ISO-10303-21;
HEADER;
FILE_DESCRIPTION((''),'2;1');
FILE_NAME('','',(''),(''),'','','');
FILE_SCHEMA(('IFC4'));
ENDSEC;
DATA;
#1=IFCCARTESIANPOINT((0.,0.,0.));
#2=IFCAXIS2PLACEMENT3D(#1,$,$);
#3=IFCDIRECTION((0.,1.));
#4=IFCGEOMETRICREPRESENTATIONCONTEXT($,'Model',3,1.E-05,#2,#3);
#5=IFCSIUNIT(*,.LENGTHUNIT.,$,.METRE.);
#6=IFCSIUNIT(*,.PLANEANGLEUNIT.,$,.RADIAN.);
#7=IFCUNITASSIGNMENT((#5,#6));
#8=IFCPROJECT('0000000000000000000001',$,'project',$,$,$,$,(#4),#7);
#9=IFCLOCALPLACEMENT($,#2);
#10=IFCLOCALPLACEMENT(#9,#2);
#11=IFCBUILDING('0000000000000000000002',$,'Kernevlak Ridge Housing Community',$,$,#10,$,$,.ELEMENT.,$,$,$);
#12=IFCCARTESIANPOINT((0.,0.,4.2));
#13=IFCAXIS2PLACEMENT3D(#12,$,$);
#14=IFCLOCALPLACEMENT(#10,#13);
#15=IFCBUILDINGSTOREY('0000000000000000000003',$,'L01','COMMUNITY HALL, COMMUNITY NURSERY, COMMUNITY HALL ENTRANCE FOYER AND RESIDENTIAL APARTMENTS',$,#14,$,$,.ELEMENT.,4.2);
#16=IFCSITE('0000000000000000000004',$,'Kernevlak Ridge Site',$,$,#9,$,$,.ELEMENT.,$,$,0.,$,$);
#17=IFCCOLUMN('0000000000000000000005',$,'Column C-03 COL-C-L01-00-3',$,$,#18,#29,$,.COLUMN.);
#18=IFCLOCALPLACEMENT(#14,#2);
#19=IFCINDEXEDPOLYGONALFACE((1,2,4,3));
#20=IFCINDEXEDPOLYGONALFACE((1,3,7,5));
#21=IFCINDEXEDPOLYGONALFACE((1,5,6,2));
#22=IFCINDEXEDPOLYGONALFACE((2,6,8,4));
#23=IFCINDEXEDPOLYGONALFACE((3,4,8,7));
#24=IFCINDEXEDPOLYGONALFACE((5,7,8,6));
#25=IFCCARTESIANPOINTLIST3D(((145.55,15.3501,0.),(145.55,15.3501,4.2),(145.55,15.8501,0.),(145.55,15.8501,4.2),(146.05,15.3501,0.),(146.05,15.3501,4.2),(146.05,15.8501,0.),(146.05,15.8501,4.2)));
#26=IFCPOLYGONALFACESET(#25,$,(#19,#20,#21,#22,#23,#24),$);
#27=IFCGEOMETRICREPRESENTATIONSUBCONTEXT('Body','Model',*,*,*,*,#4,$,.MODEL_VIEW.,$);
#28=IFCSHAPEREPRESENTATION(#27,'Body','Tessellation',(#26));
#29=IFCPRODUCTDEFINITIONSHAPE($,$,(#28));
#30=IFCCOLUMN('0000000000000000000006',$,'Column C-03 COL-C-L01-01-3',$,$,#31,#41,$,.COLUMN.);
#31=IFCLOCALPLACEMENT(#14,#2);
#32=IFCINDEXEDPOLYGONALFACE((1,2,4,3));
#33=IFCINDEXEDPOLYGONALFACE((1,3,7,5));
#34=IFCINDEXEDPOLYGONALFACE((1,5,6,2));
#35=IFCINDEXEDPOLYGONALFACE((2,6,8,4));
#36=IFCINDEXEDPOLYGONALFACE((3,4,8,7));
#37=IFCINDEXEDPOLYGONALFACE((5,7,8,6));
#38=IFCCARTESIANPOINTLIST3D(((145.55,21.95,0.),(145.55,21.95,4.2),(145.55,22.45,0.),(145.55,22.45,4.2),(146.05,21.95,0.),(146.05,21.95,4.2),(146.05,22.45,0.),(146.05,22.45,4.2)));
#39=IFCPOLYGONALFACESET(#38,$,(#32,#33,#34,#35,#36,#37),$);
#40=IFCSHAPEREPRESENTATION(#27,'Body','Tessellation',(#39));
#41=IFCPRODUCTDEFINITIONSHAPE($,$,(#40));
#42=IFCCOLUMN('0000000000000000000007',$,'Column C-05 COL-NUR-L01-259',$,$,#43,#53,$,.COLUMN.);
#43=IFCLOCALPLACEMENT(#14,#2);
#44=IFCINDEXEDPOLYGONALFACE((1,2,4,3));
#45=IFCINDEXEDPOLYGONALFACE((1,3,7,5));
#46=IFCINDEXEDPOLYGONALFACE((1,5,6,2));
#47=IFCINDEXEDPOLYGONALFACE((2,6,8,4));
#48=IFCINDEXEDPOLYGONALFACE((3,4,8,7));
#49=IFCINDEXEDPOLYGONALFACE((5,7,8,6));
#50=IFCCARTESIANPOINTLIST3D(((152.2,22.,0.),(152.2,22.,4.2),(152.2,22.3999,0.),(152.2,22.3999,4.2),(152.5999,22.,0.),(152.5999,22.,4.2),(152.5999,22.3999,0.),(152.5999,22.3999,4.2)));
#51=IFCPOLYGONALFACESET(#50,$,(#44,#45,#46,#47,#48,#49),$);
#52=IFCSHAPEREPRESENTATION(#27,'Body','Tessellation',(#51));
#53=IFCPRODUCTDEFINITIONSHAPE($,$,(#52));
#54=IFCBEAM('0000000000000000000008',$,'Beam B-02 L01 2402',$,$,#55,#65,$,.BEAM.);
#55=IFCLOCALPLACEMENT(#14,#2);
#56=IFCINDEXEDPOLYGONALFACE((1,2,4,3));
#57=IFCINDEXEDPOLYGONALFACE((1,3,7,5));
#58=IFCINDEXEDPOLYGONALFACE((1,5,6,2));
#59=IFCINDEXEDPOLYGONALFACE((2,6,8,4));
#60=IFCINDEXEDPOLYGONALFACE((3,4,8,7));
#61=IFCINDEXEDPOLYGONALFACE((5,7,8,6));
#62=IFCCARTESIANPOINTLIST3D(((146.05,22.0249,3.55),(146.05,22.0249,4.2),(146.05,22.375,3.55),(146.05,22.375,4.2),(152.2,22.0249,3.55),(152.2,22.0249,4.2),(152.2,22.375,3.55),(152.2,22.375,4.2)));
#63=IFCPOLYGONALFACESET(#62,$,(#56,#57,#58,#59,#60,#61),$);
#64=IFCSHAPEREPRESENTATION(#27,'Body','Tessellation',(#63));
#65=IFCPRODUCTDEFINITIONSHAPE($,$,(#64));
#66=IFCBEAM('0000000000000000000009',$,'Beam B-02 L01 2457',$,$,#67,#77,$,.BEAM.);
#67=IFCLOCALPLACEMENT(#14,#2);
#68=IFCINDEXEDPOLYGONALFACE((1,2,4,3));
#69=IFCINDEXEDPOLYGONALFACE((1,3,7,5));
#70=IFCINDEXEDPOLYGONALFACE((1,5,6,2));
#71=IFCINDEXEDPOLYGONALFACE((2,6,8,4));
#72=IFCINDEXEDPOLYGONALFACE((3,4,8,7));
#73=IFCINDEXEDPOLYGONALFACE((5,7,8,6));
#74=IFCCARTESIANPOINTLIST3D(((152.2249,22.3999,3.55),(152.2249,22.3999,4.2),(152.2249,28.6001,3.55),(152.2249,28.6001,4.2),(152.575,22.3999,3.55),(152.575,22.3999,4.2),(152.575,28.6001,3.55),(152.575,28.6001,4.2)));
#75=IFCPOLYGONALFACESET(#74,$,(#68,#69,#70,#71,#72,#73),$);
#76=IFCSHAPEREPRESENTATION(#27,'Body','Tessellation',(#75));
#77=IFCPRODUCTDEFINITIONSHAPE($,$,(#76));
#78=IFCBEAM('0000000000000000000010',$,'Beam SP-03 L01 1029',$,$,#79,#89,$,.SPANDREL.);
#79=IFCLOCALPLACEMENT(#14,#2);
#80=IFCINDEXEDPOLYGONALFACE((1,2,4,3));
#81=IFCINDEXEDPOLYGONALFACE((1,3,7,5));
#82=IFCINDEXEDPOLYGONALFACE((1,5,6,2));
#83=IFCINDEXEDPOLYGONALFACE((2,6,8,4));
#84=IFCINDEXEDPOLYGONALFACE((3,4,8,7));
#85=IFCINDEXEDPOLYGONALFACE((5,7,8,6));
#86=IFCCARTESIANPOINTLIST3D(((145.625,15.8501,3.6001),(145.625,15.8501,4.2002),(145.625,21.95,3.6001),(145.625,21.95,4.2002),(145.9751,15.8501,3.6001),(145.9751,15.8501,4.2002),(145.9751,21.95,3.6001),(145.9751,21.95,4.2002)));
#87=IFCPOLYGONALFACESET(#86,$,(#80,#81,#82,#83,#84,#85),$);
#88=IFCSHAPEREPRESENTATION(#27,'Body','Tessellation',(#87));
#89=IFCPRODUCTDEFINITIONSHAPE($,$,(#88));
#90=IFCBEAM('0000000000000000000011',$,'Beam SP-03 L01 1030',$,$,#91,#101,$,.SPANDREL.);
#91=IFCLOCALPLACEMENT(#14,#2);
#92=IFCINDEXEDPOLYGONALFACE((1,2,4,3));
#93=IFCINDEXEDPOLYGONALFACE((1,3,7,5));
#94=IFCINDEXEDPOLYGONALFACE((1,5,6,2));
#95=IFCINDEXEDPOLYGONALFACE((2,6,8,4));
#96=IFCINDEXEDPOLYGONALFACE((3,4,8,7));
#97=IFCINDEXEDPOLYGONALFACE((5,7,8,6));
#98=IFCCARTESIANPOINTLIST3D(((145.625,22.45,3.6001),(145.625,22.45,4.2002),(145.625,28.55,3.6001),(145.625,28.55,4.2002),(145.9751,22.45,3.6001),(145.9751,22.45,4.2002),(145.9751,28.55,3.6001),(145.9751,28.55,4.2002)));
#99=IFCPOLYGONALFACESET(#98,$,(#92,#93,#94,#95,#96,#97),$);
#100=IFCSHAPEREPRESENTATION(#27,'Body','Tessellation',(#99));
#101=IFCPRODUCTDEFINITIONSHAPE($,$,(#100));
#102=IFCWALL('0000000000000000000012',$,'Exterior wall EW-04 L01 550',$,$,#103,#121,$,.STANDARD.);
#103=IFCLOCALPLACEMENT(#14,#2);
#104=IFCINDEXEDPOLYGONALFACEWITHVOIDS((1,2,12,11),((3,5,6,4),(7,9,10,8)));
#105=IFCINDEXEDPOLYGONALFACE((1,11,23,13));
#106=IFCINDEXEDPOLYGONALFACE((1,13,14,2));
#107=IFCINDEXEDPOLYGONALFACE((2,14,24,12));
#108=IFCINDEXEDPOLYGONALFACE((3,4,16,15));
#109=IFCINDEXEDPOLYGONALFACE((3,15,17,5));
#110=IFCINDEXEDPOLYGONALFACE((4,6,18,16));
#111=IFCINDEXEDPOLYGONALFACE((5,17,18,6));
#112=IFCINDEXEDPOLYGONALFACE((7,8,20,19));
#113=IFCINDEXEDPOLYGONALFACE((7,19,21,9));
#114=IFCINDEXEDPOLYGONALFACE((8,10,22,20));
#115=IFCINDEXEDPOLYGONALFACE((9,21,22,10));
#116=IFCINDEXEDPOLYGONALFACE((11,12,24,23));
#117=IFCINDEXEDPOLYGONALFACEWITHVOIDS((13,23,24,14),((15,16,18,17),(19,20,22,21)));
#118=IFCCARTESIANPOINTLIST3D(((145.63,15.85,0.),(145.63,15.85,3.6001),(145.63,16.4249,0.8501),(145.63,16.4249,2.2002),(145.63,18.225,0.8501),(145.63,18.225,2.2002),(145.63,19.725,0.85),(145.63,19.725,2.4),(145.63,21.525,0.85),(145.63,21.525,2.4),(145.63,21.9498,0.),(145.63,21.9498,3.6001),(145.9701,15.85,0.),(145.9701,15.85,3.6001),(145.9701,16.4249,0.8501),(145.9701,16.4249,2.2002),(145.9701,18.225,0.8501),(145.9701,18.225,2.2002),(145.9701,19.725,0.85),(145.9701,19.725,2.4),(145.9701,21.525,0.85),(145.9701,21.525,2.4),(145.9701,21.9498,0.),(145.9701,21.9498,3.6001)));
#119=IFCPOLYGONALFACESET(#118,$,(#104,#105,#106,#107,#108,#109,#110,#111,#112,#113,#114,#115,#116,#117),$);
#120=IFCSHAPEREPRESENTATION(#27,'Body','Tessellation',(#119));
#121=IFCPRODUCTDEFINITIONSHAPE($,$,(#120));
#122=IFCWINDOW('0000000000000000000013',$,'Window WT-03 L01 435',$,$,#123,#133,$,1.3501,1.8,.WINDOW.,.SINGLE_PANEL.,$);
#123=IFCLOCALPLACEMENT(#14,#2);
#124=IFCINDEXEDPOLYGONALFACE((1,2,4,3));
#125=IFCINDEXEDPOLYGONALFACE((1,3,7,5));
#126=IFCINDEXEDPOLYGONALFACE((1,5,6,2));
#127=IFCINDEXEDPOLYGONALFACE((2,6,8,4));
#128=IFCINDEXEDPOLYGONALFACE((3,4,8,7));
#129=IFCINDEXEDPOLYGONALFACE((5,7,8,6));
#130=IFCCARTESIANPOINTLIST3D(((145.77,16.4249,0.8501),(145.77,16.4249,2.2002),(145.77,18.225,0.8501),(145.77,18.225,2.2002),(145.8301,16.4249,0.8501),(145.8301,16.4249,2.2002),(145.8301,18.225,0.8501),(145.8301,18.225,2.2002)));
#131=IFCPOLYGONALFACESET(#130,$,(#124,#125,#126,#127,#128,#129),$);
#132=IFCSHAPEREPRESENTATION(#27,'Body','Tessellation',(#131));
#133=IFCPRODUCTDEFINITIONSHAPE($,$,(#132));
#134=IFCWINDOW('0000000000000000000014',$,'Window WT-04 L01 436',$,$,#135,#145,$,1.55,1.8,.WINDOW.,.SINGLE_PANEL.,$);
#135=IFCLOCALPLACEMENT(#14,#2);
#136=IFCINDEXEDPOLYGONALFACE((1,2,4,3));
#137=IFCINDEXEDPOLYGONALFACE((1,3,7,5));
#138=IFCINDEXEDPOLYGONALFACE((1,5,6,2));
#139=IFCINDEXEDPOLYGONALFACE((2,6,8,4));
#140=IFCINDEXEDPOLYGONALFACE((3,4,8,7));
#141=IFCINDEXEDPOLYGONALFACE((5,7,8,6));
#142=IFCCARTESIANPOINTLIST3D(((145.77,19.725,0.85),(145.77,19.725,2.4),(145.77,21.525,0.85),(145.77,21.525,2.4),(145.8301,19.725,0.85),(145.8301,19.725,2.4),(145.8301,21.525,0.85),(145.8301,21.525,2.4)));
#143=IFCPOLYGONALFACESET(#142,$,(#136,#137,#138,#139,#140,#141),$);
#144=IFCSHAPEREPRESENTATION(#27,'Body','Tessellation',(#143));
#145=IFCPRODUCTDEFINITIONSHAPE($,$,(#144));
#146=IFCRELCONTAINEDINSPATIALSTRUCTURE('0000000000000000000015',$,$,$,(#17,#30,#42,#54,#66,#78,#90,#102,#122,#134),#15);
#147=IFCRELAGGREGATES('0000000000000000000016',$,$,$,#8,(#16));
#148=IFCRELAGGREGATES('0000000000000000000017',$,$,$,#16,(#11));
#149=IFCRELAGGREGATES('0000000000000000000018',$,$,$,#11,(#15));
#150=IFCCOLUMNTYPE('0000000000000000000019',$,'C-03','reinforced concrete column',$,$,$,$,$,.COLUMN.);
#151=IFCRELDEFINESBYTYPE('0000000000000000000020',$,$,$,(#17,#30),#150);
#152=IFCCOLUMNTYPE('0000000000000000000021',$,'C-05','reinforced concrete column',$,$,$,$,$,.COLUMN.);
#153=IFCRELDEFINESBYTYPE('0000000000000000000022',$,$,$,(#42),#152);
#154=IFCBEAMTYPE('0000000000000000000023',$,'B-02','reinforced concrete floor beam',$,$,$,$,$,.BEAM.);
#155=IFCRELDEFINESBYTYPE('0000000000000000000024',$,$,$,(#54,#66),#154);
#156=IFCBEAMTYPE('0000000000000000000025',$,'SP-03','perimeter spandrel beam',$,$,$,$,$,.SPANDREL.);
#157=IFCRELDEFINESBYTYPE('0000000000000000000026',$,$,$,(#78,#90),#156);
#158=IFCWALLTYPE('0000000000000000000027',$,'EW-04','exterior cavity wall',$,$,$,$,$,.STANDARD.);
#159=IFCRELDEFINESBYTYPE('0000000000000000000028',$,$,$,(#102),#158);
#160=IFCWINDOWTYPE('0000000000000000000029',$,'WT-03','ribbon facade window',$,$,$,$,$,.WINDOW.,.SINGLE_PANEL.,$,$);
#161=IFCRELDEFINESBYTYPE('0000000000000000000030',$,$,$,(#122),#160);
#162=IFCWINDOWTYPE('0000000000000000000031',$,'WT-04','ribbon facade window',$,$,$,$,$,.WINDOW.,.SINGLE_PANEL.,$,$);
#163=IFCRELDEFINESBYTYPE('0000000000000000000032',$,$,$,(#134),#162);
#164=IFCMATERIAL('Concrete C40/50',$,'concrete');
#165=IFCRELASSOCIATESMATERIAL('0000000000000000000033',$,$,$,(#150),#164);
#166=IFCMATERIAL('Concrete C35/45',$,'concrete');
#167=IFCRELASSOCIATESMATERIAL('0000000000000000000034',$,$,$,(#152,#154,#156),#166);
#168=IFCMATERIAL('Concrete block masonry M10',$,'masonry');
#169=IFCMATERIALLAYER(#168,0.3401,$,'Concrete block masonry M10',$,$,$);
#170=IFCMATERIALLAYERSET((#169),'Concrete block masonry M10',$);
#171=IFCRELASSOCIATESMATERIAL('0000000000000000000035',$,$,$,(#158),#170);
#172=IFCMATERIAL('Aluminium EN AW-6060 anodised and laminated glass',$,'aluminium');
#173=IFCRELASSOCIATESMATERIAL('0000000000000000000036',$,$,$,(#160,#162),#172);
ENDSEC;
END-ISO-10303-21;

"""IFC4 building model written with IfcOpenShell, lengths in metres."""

from ifc_helpers import new_model, si_unit, direction, frame, frame_2d, origin, origin_2d, place, context, subcontext, project, spatial, rectangle, extrude, material, layer, layer_set, material_profile, profile_set, type_object, element, fill, save


model = new_model("IFC4")

# Units and contexts
model_context = context("Model", 3, precision=1e-05, world=origin(), true_north=direction((0.0, 1.0)))
body_context = subcontext(model_context, "Body", "Model", "MODEL_VIEW")
ifc_project = project(units=[si_unit("LENGTHUNIT", "METRE"), si_unit("PLANEANGLEUNIT", "RADIAN")], contexts=[model_context])

# Site, building, storey
site_placement = place(None, origin())
site = spatial("IfcSite", under=ifc_project, at=site_placement, Name="Kernevlak Ridge Site", CompositionType="ELEMENT", RefElevation=0.0)
building_placement = place(site_placement, origin())
building = spatial("IfcBuilding", under=site, at=building_placement, Name="Kernevlak Ridge Housing Community", CompositionType="ELEMENT")
storey_placement = place(building_placement, frame((0.0, 0.0, 4.2)))
storey = spatial("IfcBuildingStorey", under=building, at=storey_placement, Name="L01", Description="COMMUNITY HALL, COMMUNITY NURSERY, COMMUNITY HALL ENTRANCE FOYER AND RESIDENTIAL APARTMENTS", CompositionType="ELEMENT", Elevation=4.2)

# Columns
ifc_material_1 = material(Name="Concrete C40/50", Category="concrete")
ifc_material_profile_1 = material_profile(ifc_material_1, rectangle(XDim=0.5, YDim=0.5, at=origin_2d()), Name="RC 500x500")
ifc_profile_set_1 = profile_set([ifc_material_profile_1], Name="Concrete C40/50")
column_type_1 = type_object("IfcColumnType", Name="C-03", Description="reinforced concrete column", PredefinedType="COLUMN", material=ifc_profile_set_1)
for number, where, z_axis, x_axis, name in (
    (1, (145.8, 15.6001, 0.0), (0.0, 0.0, 1.0), (1.0, 0.0, 0.0), "Column C-03 COL-C-L01-00-3"),
    (2, (145.8, 22.2, 0.0), (0.0, 0.0, 1.0), (1.0, 0.0, 0.0), "Column C-03 COL-C-L01-01-3"),
):
    element("IfcColumn", number, at=place(storey_placement, frame(where, z_axis=z_axis, x_axis=x_axis)), inside=storey, type_object=column_type_1, Name=name, PredefinedType="COLUMN", context=body_context, shape_type="SweptSolid", body=[
        extrude(rectangle(XDim=0.5, YDim=0.5, at=origin_2d()), origin(), (0.0, 0.0, 1.0), 4.2),
    ])
ifc_material_2 = material(Name="Concrete C35/45", Category="concrete")
ifc_material_profile_2 = material_profile(ifc_material_2, rectangle(XDim=0.3999, YDim=0.3999, at=origin_2d()), Name="RC 400x400")
ifc_profile_set_2 = profile_set([ifc_material_profile_2], Name="Concrete C35/45")
column_type_2 = type_object("IfcColumnType", Name="C-05", Description="reinforced concrete column", PredefinedType="COLUMN", material=ifc_profile_set_2)
column_placement = place(storey_placement, frame((152.3999, 22.2, 0.0), z_axis=(0.0, 0.0, 1.0), x_axis=(1.0, 0.0, 0.0)))
element("IfcColumn", 3, at=column_placement, inside=storey, type_object=column_type_2, Name="Column C-05 COL-NUR-L01-259", PredefinedType="COLUMN", context=body_context, shape_type="SweptSolid", body=[
    extrude(rectangle(XDim=0.3999, YDim=0.3999, at=origin_2d()), origin(), (0.0, 0.0, 1.0), 4.2),
])

# Beams
ifc_material_profile_3 = material_profile(ifc_material_2, rectangle(XDim=0.3501, YDim=0.6499, at=origin_2d()), Name="RC 350x650")
ifc_profile_set_3 = profile_set([ifc_material_profile_3], Name="Concrete C35/45")
beam_type_1 = type_object("IfcBeamType", Name="B-02", Description="reinforced concrete floor beam", PredefinedType="BEAM", material=ifc_profile_set_3)
beam_1_placement = place(storey_placement, frame((146.05, 22.2, 3.875), z_axis=(1.0, 0.0, 0.0), x_axis=(0.0, 1.0, 0.0)))
element("IfcBeam", 4, at=beam_1_placement, inside=storey, type_object=beam_type_1, Name="Beam B-02 L01 2402", PredefinedType="BEAM", context=body_context, shape_type="SweptSolid", body=[
    extrude(rectangle(XDim=0.3501, YDim=0.6499, at=origin_2d()), origin(), (0.0, 0.0, 1.0), 6.1499),
])
beam_2_placement = place(storey_placement, frame((152.3999, 22.3999, 3.875), z_axis=(0.0, 1.0, 0.0), x_axis=(-1.0, 0.0, 0.0)))
element("IfcBeam", 5, at=beam_2_placement, inside=storey, type_object=beam_type_1, Name="Beam B-02 L01 2457", PredefinedType="BEAM", context=body_context, shape_type="SweptSolid", body=[
    extrude(rectangle(XDim=0.3501, YDim=0.6499, at=origin_2d()), origin(), (0.0, 0.0, 1.0), 6.2002),
])
ifc_material_profile_4 = material_profile(ifc_material_2, rectangle(XDim=0.3501, YDim=0.6001, at=origin_2d()), Name="RC 350x600")
ifc_profile_set_4 = profile_set([ifc_material_profile_4], Name="Concrete C35/45")
beam_type_2 = type_object("IfcBeamType", Name="SP-03", Description="perimeter spandrel beam", PredefinedType="SPANDREL", material=ifc_profile_set_4)
beam_3_placement = place(storey_placement, frame((145.8, 15.8501, 3.9001), z_axis=(0.0, 1.0, 0.0), x_axis=(-1.0, 0.0, 0.0)))
element("IfcBeam", 6, at=beam_3_placement, inside=storey, type_object=beam_type_2, Name="Beam SP-03 L01 1029", PredefinedType="SPANDREL", context=body_context, shape_type="SweptSolid", body=[
    extrude(rectangle(XDim=0.3501, YDim=0.6001, at=origin_2d()), origin(), (0.0, 0.0, 1.0), 6.0999),
])
beam_4_placement = place(storey_placement, frame((145.8, 22.45, 3.9001), z_axis=(0.0, 1.0, 0.0), x_axis=(-1.0, 0.0, 0.0)))
element("IfcBeam", 7, at=beam_4_placement, inside=storey, type_object=beam_type_2, Name="Beam SP-03 L01 1030", PredefinedType="SPANDREL", context=body_context, shape_type="SweptSolid", body=[
    extrude(rectangle(XDim=0.3501, YDim=0.6001, at=origin_2d()), origin(), (0.0, 0.0, 1.0), 6.1001),
])

# Wall, openings, windows
ifc_material_3 = material(Name="Concrete block masonry M10", Category="masonry")
ifc_layer_1 = layer(ifc_material_3, 0.3401, Name="Concrete block masonry M10")
ifc_layer_set_1 = layer_set([ifc_layer_1], Name="Concrete block masonry M10")
wall_type_1 = type_object("IfcWallType", Name="EW-04", Description="exterior cavity wall", PredefinedType="STANDARD", material=ifc_layer_set_1)
wall_1_placement = place(storey_placement, frame((145.8, 15.8501, 0.0), z_axis=(0.0, 0.0, 1.0), x_axis=(0.0, 1.0, 0.0)))
wall_1 = element("IfcWall", 8, at=wall_1_placement, inside=storey, type_object=wall_type_1, Name="Exterior wall EW-04 L01 550", PredefinedType="STANDARD", context=body_context, shape_type="SweptSolid", body=[
    extrude(rectangle(XDim=6.0999, YDim=0.3401, at=frame_2d((3.0498, 0.0))), origin(), (0.0, 0.0, 1.0), 3.6001),
])
opening_1_placement = place(wall_1_placement, frame((0.575, 0.0, 0.8501)))
opening_1 = element("IfcOpeningElement", 9, at=opening_1_placement, cuts=wall_1, PredefinedType="OPENING", context=body_context, shape_type="SweptSolid", body=[
    extrude(rectangle(XDim=1.8, YDim=1.3501, at=frame_2d((0.8999, 0.675))), frame((0.0, 0.1799, 0.0), z_axis=(0.0, -1.0, 0.0), x_axis=(1.0, 0.0, 0.0)), (0.0, 0.0, 1.0), 0.3601),
])
opening_2_placement = place(wall_1_placement, frame((3.875, 0.0, 0.8501)))
opening_2 = element("IfcOpeningElement", 10, at=opening_2_placement, cuts=wall_1, PredefinedType="OPENING", context=body_context, shape_type="SweptSolid", body=[
    extrude(rectangle(XDim=1.8, YDim=1.55, at=frame_2d((0.8999, 0.7749))), frame((0.0, 0.1799, 0.0), z_axis=(0.0, -1.0, 0.0), x_axis=(1.0, 0.0, 0.0)), (0.0, 0.0, 1.0), 0.3601),
])
ifc_material_4 = material(Name="Aluminium EN AW-6060 anodised and laminated glass", Category="aluminium")
window_type_1 = type_object("IfcWindowType", Name="WT-03", Description="ribbon facade window", PartitioningType="SINGLE_PANEL", PredefinedType="WINDOW", material=ifc_material_4)
window_1_placement = place(opening_1_placement, origin())
window_1 = element("IfcWindow", 11, at=window_1_placement, inside=storey, type_object=window_type_1, Name="Window WT-03 L01 435", OverallHeight=1.3501, OverallWidth=1.8, PartitioningType="SINGLE_PANEL", PredefinedType="WINDOW", context=body_context, shape_type="SweptSolid", body=[
    extrude(rectangle(XDim=1.8, YDim=1.3501, at=frame_2d((0.8999, 0.675))), frame((0.0, 0.03, 0.0), z_axis=(0.0, -1.0, 0.0), x_axis=(1.0, 0.0, 0.0)), (0.0, 0.0, 1.0), 0.0601),
])
fill(opening_1, window_1)
window_type_2 = type_object("IfcWindowType", Name="WT-04", Description="ribbon facade window", PartitioningType="SINGLE_PANEL", PredefinedType="WINDOW", material=ifc_material_4)
window_2_placement = place(opening_2_placement, origin())
window_2 = element("IfcWindow", 12, at=window_2_placement, inside=storey, type_object=window_type_2, Name="Window WT-04 L01 436", OverallHeight=1.55, OverallWidth=1.8, PartitioningType="SINGLE_PANEL", PredefinedType="WINDOW", context=body_context, shape_type="SweptSolid", body=[
    extrude(rectangle(XDim=1.8, YDim=1.55, at=frame_2d((0.8999, 0.7749))), frame((0.0, 0.03, 0.0), z_axis=(0.0, -1.0, 0.0), x_axis=(1.0, 0.0, 0.0)), (0.0, 0.0, 1.0), 0.0601),
])
fill(opening_2, window_2)

save(model, "model.ifc")
